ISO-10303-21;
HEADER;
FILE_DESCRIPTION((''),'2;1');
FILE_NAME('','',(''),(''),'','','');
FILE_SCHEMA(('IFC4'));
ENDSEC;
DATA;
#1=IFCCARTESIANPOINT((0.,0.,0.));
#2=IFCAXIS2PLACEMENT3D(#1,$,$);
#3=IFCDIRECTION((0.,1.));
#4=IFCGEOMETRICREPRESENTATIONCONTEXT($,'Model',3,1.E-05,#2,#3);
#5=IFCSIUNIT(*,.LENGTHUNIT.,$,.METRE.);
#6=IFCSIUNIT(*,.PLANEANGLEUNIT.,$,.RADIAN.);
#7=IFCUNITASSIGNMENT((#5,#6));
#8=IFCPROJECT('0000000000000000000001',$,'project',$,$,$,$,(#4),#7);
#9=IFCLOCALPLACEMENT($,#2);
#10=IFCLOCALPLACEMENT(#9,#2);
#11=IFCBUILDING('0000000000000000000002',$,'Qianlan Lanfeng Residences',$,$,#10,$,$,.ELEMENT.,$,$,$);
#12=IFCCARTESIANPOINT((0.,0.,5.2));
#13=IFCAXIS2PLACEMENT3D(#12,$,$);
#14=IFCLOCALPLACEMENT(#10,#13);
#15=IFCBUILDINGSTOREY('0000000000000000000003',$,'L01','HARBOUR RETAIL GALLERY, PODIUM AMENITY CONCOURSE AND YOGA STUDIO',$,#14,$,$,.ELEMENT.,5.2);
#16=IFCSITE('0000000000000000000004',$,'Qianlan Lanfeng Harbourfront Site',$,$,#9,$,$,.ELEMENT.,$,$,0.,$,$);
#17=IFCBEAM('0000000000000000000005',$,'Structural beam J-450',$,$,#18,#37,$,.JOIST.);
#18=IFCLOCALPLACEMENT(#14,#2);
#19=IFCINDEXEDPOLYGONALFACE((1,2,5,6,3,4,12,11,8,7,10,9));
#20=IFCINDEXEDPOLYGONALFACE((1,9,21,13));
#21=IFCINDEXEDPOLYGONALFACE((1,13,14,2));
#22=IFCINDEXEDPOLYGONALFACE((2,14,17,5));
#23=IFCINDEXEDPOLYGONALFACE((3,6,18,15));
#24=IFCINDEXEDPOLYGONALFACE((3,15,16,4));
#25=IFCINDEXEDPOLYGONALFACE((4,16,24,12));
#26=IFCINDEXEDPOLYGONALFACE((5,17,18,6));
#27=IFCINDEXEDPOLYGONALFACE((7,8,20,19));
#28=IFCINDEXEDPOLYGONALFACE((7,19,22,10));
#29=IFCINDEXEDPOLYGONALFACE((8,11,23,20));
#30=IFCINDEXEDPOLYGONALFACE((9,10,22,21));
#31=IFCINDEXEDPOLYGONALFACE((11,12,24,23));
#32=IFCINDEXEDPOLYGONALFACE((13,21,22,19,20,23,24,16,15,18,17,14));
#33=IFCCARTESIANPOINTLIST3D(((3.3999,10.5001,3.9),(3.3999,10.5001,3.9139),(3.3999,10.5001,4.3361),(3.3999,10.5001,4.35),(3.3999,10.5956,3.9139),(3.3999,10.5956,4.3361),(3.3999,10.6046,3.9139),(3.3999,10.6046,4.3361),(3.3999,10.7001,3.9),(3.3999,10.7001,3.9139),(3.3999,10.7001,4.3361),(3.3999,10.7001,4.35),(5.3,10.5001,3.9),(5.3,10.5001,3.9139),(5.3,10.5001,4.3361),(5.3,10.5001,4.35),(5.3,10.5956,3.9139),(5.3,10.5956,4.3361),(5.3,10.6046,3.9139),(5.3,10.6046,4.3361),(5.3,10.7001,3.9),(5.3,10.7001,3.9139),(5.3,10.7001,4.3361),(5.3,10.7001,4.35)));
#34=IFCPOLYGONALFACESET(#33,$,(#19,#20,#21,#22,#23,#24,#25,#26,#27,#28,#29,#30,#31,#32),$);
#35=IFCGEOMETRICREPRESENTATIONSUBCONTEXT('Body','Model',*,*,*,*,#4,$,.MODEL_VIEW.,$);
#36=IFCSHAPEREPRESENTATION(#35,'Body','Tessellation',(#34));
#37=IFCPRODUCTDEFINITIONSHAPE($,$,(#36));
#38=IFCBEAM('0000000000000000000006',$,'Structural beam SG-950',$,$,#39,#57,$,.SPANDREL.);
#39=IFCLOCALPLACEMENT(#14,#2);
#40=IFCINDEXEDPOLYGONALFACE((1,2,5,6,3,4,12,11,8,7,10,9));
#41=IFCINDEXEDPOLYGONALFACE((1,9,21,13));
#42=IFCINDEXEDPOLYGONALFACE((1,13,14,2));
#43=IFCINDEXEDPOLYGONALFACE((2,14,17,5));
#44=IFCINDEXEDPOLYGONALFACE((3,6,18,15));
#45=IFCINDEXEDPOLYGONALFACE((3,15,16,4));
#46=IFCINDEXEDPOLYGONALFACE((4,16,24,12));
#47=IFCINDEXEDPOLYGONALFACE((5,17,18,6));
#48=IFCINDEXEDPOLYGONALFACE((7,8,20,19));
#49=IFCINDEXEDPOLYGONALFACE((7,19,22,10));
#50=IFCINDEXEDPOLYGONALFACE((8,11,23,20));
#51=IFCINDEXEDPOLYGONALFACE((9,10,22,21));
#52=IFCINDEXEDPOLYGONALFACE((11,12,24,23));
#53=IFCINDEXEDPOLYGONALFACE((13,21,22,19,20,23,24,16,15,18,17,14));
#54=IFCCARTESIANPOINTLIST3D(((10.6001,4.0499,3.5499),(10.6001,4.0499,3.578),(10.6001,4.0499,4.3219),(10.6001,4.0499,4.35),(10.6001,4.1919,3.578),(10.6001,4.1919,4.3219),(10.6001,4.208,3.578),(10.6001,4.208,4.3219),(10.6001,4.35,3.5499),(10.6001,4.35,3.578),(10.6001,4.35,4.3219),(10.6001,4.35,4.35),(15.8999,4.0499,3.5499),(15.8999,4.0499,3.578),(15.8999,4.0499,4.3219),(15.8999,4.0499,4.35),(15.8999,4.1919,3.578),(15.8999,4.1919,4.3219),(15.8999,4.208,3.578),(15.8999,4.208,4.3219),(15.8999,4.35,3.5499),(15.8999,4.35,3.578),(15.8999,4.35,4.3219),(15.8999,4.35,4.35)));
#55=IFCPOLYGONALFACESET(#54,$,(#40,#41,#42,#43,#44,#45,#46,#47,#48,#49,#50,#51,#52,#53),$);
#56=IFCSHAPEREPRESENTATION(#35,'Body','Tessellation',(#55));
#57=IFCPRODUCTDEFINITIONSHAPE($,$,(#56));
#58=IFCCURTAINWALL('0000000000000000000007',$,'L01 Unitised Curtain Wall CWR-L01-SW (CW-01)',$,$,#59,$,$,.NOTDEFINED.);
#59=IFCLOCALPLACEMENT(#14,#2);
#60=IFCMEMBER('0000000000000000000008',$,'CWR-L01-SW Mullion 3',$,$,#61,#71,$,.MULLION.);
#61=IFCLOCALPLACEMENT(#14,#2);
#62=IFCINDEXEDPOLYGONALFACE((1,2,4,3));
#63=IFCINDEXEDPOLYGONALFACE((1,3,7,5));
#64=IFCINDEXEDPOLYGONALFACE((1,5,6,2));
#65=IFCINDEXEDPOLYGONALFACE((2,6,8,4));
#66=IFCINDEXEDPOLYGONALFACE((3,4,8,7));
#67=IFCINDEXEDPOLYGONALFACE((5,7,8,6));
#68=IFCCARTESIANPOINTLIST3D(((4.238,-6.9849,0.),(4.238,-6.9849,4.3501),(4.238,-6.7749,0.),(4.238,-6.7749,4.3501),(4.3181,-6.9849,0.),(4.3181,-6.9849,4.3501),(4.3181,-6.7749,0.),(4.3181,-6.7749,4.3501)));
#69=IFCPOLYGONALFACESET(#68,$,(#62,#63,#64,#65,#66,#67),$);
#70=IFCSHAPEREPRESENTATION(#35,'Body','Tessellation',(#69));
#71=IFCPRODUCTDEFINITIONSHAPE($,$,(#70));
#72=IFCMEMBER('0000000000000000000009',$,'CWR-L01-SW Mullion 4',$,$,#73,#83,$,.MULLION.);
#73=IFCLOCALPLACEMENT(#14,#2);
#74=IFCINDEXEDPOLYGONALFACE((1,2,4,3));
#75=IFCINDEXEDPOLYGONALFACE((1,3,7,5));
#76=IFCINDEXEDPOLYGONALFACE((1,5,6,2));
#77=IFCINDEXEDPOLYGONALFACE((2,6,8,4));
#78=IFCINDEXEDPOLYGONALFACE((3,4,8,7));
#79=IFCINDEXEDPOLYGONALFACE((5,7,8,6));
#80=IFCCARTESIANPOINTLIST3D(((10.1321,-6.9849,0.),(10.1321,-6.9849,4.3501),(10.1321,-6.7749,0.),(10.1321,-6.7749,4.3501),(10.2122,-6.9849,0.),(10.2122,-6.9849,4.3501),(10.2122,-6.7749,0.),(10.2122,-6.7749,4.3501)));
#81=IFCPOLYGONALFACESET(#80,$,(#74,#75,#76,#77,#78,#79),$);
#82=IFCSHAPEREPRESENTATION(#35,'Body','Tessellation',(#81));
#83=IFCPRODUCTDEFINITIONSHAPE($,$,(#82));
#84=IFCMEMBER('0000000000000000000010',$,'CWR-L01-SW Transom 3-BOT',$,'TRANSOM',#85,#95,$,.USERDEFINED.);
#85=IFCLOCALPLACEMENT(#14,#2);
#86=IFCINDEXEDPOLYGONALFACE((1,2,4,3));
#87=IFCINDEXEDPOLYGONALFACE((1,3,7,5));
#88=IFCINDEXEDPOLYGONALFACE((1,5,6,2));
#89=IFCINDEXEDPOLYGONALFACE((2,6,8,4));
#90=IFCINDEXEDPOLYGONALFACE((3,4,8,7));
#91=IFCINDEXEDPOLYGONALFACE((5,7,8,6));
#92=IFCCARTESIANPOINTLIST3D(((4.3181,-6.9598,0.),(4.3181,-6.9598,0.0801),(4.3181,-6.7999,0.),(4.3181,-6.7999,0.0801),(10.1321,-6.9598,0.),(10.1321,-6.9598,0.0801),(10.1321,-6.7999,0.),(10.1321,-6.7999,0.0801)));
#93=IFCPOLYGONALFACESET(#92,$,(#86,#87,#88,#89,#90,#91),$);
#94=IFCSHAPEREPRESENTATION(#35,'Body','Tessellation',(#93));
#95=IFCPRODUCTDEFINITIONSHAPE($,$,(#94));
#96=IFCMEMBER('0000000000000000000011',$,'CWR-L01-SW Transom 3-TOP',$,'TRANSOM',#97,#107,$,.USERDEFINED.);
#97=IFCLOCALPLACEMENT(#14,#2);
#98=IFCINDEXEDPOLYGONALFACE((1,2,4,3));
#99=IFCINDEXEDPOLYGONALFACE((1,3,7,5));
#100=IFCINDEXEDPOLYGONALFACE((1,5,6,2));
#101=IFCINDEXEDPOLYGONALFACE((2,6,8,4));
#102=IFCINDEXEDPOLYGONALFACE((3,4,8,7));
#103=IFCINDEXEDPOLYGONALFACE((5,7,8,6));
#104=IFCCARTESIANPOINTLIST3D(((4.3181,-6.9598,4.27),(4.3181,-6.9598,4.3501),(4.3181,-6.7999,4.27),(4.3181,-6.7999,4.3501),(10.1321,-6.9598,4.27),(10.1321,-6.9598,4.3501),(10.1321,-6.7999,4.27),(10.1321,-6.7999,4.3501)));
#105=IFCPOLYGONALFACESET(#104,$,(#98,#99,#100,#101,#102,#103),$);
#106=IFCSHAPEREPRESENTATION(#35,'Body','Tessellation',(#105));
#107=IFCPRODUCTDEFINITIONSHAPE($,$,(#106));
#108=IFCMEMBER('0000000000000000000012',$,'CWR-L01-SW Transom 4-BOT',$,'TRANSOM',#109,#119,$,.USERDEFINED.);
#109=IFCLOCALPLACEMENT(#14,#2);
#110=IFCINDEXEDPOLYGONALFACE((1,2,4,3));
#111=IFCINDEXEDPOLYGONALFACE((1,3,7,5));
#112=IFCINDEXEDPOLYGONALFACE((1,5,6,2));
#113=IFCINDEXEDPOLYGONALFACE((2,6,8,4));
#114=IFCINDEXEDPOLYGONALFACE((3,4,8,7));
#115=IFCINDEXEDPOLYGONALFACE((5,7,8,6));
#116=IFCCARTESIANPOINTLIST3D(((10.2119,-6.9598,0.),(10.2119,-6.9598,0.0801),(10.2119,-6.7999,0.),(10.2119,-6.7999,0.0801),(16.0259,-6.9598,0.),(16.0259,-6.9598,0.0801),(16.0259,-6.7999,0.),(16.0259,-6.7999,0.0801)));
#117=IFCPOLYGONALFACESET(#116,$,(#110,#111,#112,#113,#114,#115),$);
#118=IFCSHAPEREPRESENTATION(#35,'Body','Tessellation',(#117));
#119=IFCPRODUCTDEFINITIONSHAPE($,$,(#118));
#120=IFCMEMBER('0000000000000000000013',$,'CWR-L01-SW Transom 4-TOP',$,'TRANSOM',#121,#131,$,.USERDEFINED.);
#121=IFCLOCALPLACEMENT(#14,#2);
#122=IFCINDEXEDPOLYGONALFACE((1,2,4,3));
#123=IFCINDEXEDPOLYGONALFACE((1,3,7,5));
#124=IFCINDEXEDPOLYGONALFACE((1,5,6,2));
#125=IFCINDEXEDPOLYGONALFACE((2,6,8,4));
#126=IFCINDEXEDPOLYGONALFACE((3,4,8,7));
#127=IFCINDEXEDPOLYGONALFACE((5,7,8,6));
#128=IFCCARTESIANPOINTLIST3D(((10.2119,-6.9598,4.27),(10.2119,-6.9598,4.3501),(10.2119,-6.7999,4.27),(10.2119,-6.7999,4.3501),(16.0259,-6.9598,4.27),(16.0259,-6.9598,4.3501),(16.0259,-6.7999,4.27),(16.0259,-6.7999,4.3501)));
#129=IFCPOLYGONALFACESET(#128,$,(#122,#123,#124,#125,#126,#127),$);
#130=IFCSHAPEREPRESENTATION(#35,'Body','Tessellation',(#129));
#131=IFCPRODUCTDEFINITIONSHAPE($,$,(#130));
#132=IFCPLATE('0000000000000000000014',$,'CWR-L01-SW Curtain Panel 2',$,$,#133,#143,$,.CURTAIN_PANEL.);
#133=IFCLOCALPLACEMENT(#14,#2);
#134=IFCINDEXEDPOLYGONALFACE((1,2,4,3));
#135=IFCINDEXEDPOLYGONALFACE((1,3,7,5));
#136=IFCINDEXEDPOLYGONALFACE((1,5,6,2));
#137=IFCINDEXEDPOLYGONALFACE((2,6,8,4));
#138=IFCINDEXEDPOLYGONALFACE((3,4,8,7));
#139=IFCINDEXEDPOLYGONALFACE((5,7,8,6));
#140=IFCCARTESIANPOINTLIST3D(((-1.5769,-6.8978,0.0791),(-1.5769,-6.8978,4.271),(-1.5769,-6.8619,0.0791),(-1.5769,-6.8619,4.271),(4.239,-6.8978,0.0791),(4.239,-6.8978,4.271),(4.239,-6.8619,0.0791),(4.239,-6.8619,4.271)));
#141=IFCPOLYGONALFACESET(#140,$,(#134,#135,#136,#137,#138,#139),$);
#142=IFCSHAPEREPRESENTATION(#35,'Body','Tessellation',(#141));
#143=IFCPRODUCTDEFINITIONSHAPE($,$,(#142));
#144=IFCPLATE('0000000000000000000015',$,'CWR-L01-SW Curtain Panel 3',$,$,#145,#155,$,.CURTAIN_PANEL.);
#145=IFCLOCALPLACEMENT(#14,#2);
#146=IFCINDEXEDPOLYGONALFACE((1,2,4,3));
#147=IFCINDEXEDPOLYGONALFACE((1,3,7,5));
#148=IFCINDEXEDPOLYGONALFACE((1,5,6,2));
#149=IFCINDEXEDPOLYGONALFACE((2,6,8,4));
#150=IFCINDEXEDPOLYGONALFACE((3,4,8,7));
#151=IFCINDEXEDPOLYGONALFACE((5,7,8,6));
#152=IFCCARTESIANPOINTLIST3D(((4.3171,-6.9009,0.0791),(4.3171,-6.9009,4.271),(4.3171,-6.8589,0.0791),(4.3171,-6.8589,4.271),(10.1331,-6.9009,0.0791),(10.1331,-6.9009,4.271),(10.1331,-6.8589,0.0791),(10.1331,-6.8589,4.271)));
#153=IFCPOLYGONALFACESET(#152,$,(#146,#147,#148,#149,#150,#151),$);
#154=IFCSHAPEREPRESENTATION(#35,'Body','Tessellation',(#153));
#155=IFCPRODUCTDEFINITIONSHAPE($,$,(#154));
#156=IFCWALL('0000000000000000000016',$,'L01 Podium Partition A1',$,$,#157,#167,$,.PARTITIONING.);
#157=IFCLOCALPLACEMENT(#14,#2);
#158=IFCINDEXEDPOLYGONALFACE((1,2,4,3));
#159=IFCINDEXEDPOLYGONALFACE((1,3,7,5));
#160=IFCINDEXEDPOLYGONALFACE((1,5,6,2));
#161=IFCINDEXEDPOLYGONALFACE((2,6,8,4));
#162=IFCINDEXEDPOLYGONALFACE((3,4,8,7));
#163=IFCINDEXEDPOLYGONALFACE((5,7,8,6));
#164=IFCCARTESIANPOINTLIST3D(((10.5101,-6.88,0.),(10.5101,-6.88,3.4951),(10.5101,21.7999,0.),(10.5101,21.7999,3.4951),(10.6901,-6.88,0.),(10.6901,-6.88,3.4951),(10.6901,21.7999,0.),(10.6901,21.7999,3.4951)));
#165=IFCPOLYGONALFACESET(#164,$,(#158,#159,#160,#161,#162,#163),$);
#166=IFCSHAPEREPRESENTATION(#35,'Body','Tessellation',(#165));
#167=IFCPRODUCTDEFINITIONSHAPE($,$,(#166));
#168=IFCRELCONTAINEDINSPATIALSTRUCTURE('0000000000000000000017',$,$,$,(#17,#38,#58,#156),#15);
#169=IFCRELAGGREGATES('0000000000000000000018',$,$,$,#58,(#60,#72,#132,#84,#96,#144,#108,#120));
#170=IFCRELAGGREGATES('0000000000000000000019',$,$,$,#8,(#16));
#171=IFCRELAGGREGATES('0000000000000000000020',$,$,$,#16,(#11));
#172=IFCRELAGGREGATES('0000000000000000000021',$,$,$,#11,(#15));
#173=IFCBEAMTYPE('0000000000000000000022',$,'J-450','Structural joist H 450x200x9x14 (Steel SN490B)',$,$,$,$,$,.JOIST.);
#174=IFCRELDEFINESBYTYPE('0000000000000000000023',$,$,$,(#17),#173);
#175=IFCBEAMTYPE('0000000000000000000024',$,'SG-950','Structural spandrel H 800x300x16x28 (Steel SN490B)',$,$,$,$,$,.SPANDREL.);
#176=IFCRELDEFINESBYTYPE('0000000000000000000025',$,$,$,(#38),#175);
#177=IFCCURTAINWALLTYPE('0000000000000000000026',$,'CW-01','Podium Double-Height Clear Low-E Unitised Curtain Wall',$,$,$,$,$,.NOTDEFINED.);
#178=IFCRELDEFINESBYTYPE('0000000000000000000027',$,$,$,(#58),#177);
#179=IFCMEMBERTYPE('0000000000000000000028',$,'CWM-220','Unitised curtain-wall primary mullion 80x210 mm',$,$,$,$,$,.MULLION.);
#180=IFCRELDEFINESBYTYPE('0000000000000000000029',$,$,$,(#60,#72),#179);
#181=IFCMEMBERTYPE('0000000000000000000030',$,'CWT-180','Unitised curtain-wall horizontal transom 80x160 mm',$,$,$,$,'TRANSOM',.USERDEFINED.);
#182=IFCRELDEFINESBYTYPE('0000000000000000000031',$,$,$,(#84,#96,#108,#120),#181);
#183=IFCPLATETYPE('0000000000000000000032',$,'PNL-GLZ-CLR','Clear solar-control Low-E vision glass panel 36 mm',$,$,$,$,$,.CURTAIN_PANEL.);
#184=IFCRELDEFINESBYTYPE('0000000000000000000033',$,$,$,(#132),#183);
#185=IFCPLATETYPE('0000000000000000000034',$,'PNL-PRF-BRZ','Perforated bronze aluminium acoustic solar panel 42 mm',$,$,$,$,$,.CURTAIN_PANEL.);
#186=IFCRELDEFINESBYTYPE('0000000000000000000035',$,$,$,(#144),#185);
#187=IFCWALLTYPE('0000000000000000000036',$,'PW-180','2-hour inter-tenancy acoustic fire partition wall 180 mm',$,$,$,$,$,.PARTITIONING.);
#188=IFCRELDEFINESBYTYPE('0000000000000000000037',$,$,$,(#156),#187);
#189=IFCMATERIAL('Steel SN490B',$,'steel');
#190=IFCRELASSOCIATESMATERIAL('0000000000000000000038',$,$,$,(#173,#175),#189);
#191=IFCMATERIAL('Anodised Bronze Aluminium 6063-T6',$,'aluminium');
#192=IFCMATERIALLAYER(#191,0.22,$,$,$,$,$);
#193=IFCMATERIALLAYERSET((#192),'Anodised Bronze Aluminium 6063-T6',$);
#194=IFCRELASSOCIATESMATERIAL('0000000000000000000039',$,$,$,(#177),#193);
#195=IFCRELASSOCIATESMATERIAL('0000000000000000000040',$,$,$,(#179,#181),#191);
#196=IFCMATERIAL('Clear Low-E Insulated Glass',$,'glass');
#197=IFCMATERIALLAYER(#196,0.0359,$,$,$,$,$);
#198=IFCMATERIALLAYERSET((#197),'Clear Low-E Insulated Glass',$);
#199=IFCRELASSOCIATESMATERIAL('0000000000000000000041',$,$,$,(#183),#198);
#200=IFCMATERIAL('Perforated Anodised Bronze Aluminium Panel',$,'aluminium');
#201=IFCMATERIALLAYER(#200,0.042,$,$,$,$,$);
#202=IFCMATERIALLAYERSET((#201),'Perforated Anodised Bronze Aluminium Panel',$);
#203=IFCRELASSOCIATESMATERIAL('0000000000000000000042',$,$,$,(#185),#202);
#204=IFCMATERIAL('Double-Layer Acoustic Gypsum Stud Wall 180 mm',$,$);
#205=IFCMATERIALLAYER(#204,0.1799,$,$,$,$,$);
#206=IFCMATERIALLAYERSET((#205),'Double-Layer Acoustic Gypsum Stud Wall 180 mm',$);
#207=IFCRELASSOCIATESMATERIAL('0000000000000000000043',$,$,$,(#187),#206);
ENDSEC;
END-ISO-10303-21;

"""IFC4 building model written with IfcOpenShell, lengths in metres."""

from ifc_helpers import new_model, si_unit, direction, frame, frame_2d, origin, origin_2d, place, context, subcontext, project, spatial, rectangle, i_section, extrude, source, transform, mapped, material, layer, layer_set, material_profile, profile_set, type_object, element, aggregate, save


model = new_model("IFC4")

# Units and contexts
model_context = context("Model", 3, precision=1e-05, world=origin(), true_north=direction((0.0, 1.0)))
body_context = subcontext(model_context, "Body", "Model", "MODEL_VIEW")
ifc_project = project(units=[si_unit("LENGTHUNIT", "METRE"), si_unit("PLANEANGLEUNIT", "RADIAN")], contexts=[model_context])

# Site, building, storey
site_placement = place(None, origin())
site = spatial("IfcSite", under=ifc_project, at=site_placement, Name="Qianlan Lanfeng Harbourfront Site", CompositionType="ELEMENT", RefElevation=0.0)
building_placement = place(site_placement, origin())
building = spatial("IfcBuilding", under=site, at=building_placement, Name="Qianlan Lanfeng Residences", CompositionType="ELEMENT")
storey_placement = place(building_placement, frame((0.0, 0.0, 5.2)))
storey = spatial("IfcBuildingStorey", under=building, at=storey_placement, Name="L01", Description="HARBOUR RETAIL GALLERY, PODIUM AMENITY CONCOURSE AND YOGA STUDIO", CompositionType="ELEMENT", Elevation=5.2)

# Beams
ifc_material_1 = material(Name="Steel SN490B", Category="steel")
ifc_material_profile_1 = material_profile(ifc_material_1, i_section(OverallWidth=0.2, OverallDepth=0.45, WebThickness=0.009, FlangeThickness=0.0139, at=origin_2d()), Name="H 450x200x9x14")
ifc_profile_set_1 = profile_set([ifc_material_profile_1], Name="Steel SN490B")
beam_type_1 = type_object("IfcBeamType", Name="J-450", Description="Structural joist H 450x200x9x14 (Steel SN490B)", PredefinedType="JOIST", material=ifc_profile_set_1)
beam_1_placement = place(storey_placement, frame((3.3999, 10.6001, 4.125), z_axis=(1.0, 0.0, 0.0), x_axis=(0.0, 1.0, 0.0)))
element("IfcBeam", 1, at=beam_1_placement, inside=storey, type_object=beam_type_1, Name="Structural beam J-450", PredefinedType="JOIST", context=body_context, shape_type="SweptSolid", body=[
    extrude(i_section(OverallWidth=0.2, OverallDepth=0.45, WebThickness=0.009, FlangeThickness=0.0139, at=origin_2d()), origin(), (0.0, 0.0, 1.0), 1.9001),
])
ifc_material_profile_2 = material_profile(ifc_material_1, i_section(OverallWidth=0.3, OverallDepth=0.8, WebThickness=0.0161, FlangeThickness=0.0281, at=origin_2d()), Name="H 800x300x16x28")
ifc_profile_set_2 = profile_set([ifc_material_profile_2], Name="Steel SN490B")
beam_type_2 = type_object("IfcBeamType", Name="SG-950", Description="Structural spandrel H 800x300x16x28 (Steel SN490B)", PredefinedType="SPANDREL", material=ifc_profile_set_2)
beam_2_placement = place(storey_placement, frame((10.6001, 4.2, 3.95), z_axis=(1.0, 0.0, 0.0), x_axis=(0.0, 1.0, 0.0)))
element("IfcBeam", 2, at=beam_2_placement, inside=storey, type_object=beam_type_2, Name="Structural beam SG-950", PredefinedType="SPANDREL", context=body_context, shape_type="SweptSolid", body=[
    extrude(i_section(OverallWidth=0.3, OverallDepth=0.8, WebThickness=0.0161, FlangeThickness=0.0281, at=origin_2d()), origin(), (0.0, 0.0, 1.0), 5.2998),
])

# Curtain wall, members, plates
ifc_material_2 = material(Name="Anodised Bronze Aluminium 6063-T6", Category="aluminium")
ifc_layer_1 = layer(ifc_material_2, 0.22)
ifc_layer_set_1 = layer_set([ifc_layer_1], Name="Anodised Bronze Aluminium 6063-T6")
curtain_wall_type = type_object("IfcCurtainWallType", Name="CW-01", Description="Podium Double-Height Clear Low-E Unitised Curtain Wall", PredefinedType="NOTDEFINED", material=ifc_layer_set_1)
curtain_wall_placement = place(storey_placement, origin())
curtain_wall = element("IfcCurtainWall", 3, at=curtain_wall_placement, inside=storey, type_object=curtain_wall_type, Name="L01 Unitised Curtain Wall CWR-L01-SW (CW-01)", PredefinedType="NOTDEFINED")
ifc_material_profile_3 = material_profile(ifc_material_2, rectangle(XDim=0.0801, YDim=0.21, at=origin_2d()), Name="ALU MULLION 80x210")
ifc_profile_set_3 = profile_set([ifc_material_profile_3], Name="Anodised Bronze Aluminium 6063-T6")
member_type_1 = type_object("IfcMemberType", Name="CWM-220", Description="Unitised curtain-wall primary mullion 80x210 mm", PredefinedType="MULLION", material=ifc_profile_set_3)
shared_shape_1 = source(origin(), body_context, "Body", "SweptSolid", [
    extrude(rectangle(XDim=0.0801, YDim=0.21, at=origin_2d()), origin(), (0.0, 0.0, 1.0), 4.3501),
])
member_1_placement = place(storey_placement, frame((4.2781, -6.8799, 0.0), z_axis=(0.0, 0.0, 1.0), x_axis=(1.0, 0.0, 0.0)))
member_1 = element("IfcMember", 4, at=member_1_placement, type_object=member_type_1, Name="CWR-L01-SW Mullion 3", PredefinedType="MULLION", context=body_context, shape_type="MappedRepresentation", body=[
    mapped(shared_shape_1, transform((0.0, 0.0, 0.0), scale=1.0)),
])
member_2_placement = place(storey_placement, frame((10.1721, -6.8799, 0.0), z_axis=(0.0, 0.0, 1.0), x_axis=(1.0, 0.0, 0.0)))
member_2 = element("IfcMember", 5, at=member_2_placement, type_object=member_type_1, Name="CWR-L01-SW Mullion 4", PredefinedType="MULLION", context=body_context, shape_type="MappedRepresentation", body=[
    mapped(shared_shape_1, transform((0.0, 0.0, 0.0), scale=1.0)),
])
ifc_material_profile_4 = material_profile(ifc_material_2, rectangle(XDim=0.0801, YDim=0.1599, at=origin_2d()), Name="ALU TRANSOM 80x160")
ifc_profile_set_4 = profile_set([ifc_material_profile_4], Name="Anodised Bronze Aluminium 6063-T6")
member_type_2 = type_object("IfcMemberType", Name="CWT-180", Description="Unitised curtain-wall horizontal transom 80x160 mm", ElementType="TRANSOM", PredefinedType="USERDEFINED", material=ifc_profile_set_4)
shared_shape_2 = source(origin(), body_context, "Body", "SweptSolid", [
    extrude(rectangle(XDim=0.0801, YDim=0.1599, at=origin_2d()), origin(), (0.0, 0.0, 1.0), 5.814),
])
member_3_placement = place(storey_placement, frame((4.3181, -6.8799, 0.04), z_axis=(1.0, 0.0, 0.0), x_axis=(0.0, 0.0, 1.0)))
member_3 = element("IfcMember", 6, at=member_3_placement, type_object=member_type_2, Name="CWR-L01-SW Transom 3-BOT", ObjectType="TRANSOM", PredefinedType="USERDEFINED", context=body_context, shape_type="MappedRepresentation", body=[
    mapped(shared_shape_2, transform((0.0, 0.0, 0.0), scale=1.0)),
])
member_4_placement = place(storey_placement, frame((4.3181, -6.8799, 4.3101), z_axis=(1.0, 0.0, 0.0), x_axis=(0.0, 0.0, 1.0)))
member_4 = element("IfcMember", 7, at=member_4_placement, type_object=member_type_2, Name="CWR-L01-SW Transom 3-TOP", ObjectType="TRANSOM", PredefinedType="USERDEFINED", context=body_context, shape_type="MappedRepresentation", body=[
    mapped(shared_shape_2, transform((0.0, 0.0, 0.0), scale=1.0)),
])
member_5_placement = place(storey_placement, frame((10.2119, -6.8799, 0.04), z_axis=(1.0, 0.0, 0.0), x_axis=(0.0, 0.0, 1.0)))
member_5 = element("IfcMember", 8, at=member_5_placement, type_object=member_type_2, Name="CWR-L01-SW Transom 4-BOT", ObjectType="TRANSOM", PredefinedType="USERDEFINED", context=body_context, shape_type="MappedRepresentation", body=[
    mapped(shared_shape_2, transform((0.0, 0.0, 0.0), scale=1.0)),
])
member_6_placement = place(storey_placement, frame((10.2119, -6.8799, 4.3101), z_axis=(1.0, 0.0, 0.0), x_axis=(0.0, 0.0, 1.0)))
member_6 = element("IfcMember", 9, at=member_6_placement, type_object=member_type_2, Name="CWR-L01-SW Transom 4-TOP", ObjectType="TRANSOM", PredefinedType="USERDEFINED", context=body_context, shape_type="MappedRepresentation", body=[
    mapped(shared_shape_2, transform((0.0, 0.0, 0.0), scale=1.0)),
])
ifc_material_3 = material(Name="Clear Low-E Insulated Glass", Category="glass")
ifc_layer_2 = layer(ifc_material_3, 0.0359)
ifc_layer_set_2 = layer_set([ifc_layer_2], Name="Clear Low-E Insulated Glass")
plate_type_1 = type_object("IfcPlateType", Name="PNL-GLZ-CLR", Description="Clear solar-control Low-E vision glass panel 36 mm", PredefinedType="CURTAIN_PANEL", material=ifc_layer_set_2)
shared_shape_3 = source(origin(), body_context, "Body", "SweptSolid", [
    extrude(rectangle(XDim=5.8159, YDim=0.0359, at=origin_2d()), origin(), (0.0, 0.0, 1.0), 4.1919),
])
plate_1_placement = place(storey_placement, frame((1.3311, -6.8799, 0.0791), z_axis=(0.0, 0.0, 1.0), x_axis=(1.0, 0.0, 0.0)))
plate_1 = element("IfcPlate", 10, at=plate_1_placement, type_object=plate_type_1, Name="CWR-L01-SW Curtain Panel 2", PredefinedType="CURTAIN_PANEL", context=body_context, shape_type="MappedRepresentation", body=[
    mapped(shared_shape_3, transform((0.0, 0.0, 0.0), scale=1.0)),
])
ifc_material_4 = material(Name="Perforated Anodised Bronze Aluminium Panel", Category="aluminium")
ifc_layer_3 = layer(ifc_material_4, 0.042)
ifc_layer_set_3 = layer_set([ifc_layer_3], Name="Perforated Anodised Bronze Aluminium Panel")
plate_type_2 = type_object("IfcPlateType", Name="PNL-PRF-BRZ", Description="Perforated bronze aluminium acoustic solar panel 42 mm", PredefinedType="CURTAIN_PANEL", material=ifc_layer_set_3)
shared_shape_4 = source(origin(), body_context, "Body", "SweptSolid", [
    extrude(rectangle(XDim=5.8159, YDim=0.042, at=origin_2d()), origin(), (0.0, 0.0, 1.0), 4.1919),
])
plate_2_placement = place(storey_placement, frame((7.2251, -6.8799, 0.0791), z_axis=(0.0, 0.0, 1.0), x_axis=(1.0, 0.0, 0.0)))
plate_2 = element("IfcPlate", 11, at=plate_2_placement, type_object=plate_type_2, Name="CWR-L01-SW Curtain Panel 3", PredefinedType="CURTAIN_PANEL", context=body_context, shape_type="MappedRepresentation", body=[
    mapped(shared_shape_4, transform((0.0, 0.0, 0.0), scale=1.0)),
])
aggregate(curtain_wall, [member_1, member_2, plate_1, member_3, member_4, plate_2, member_5, member_6])

# Wall
ifc_material_5 = material(Name="Double-Layer Acoustic Gypsum Stud Wall 180 mm")
ifc_layer_4 = layer(ifc_material_5, 0.1799)
ifc_layer_set_4 = layer_set([ifc_layer_4], Name="Double-Layer Acoustic Gypsum Stud Wall 180 mm")
wall_type = type_object("IfcWallType", Name="PW-180", Description="2-hour inter-tenancy acoustic fire partition wall 180 mm", PredefinedType="PARTITIONING", material=ifc_layer_set_4)
wall_placement = place(storey_placement, frame((10.6001, -6.8799, 0.0), z_axis=(0.0, 0.0, 1.0), x_axis=(0.0, 1.0, 0.0)))
element("IfcWall", 12, at=wall_placement, inside=storey, type_object=wall_type, Name="L01 Podium Partition A1", PredefinedType="PARTITIONING", context=body_context, shape_type="SweptSolid", body=[
    extrude(rectangle(XDim=28.6799, YDim=0.1799, at=frame_2d((14.3398, 0.0))), origin(), (0.0, 0.0, 1.0), 3.4951),
])

save(model, "model.ifc")
